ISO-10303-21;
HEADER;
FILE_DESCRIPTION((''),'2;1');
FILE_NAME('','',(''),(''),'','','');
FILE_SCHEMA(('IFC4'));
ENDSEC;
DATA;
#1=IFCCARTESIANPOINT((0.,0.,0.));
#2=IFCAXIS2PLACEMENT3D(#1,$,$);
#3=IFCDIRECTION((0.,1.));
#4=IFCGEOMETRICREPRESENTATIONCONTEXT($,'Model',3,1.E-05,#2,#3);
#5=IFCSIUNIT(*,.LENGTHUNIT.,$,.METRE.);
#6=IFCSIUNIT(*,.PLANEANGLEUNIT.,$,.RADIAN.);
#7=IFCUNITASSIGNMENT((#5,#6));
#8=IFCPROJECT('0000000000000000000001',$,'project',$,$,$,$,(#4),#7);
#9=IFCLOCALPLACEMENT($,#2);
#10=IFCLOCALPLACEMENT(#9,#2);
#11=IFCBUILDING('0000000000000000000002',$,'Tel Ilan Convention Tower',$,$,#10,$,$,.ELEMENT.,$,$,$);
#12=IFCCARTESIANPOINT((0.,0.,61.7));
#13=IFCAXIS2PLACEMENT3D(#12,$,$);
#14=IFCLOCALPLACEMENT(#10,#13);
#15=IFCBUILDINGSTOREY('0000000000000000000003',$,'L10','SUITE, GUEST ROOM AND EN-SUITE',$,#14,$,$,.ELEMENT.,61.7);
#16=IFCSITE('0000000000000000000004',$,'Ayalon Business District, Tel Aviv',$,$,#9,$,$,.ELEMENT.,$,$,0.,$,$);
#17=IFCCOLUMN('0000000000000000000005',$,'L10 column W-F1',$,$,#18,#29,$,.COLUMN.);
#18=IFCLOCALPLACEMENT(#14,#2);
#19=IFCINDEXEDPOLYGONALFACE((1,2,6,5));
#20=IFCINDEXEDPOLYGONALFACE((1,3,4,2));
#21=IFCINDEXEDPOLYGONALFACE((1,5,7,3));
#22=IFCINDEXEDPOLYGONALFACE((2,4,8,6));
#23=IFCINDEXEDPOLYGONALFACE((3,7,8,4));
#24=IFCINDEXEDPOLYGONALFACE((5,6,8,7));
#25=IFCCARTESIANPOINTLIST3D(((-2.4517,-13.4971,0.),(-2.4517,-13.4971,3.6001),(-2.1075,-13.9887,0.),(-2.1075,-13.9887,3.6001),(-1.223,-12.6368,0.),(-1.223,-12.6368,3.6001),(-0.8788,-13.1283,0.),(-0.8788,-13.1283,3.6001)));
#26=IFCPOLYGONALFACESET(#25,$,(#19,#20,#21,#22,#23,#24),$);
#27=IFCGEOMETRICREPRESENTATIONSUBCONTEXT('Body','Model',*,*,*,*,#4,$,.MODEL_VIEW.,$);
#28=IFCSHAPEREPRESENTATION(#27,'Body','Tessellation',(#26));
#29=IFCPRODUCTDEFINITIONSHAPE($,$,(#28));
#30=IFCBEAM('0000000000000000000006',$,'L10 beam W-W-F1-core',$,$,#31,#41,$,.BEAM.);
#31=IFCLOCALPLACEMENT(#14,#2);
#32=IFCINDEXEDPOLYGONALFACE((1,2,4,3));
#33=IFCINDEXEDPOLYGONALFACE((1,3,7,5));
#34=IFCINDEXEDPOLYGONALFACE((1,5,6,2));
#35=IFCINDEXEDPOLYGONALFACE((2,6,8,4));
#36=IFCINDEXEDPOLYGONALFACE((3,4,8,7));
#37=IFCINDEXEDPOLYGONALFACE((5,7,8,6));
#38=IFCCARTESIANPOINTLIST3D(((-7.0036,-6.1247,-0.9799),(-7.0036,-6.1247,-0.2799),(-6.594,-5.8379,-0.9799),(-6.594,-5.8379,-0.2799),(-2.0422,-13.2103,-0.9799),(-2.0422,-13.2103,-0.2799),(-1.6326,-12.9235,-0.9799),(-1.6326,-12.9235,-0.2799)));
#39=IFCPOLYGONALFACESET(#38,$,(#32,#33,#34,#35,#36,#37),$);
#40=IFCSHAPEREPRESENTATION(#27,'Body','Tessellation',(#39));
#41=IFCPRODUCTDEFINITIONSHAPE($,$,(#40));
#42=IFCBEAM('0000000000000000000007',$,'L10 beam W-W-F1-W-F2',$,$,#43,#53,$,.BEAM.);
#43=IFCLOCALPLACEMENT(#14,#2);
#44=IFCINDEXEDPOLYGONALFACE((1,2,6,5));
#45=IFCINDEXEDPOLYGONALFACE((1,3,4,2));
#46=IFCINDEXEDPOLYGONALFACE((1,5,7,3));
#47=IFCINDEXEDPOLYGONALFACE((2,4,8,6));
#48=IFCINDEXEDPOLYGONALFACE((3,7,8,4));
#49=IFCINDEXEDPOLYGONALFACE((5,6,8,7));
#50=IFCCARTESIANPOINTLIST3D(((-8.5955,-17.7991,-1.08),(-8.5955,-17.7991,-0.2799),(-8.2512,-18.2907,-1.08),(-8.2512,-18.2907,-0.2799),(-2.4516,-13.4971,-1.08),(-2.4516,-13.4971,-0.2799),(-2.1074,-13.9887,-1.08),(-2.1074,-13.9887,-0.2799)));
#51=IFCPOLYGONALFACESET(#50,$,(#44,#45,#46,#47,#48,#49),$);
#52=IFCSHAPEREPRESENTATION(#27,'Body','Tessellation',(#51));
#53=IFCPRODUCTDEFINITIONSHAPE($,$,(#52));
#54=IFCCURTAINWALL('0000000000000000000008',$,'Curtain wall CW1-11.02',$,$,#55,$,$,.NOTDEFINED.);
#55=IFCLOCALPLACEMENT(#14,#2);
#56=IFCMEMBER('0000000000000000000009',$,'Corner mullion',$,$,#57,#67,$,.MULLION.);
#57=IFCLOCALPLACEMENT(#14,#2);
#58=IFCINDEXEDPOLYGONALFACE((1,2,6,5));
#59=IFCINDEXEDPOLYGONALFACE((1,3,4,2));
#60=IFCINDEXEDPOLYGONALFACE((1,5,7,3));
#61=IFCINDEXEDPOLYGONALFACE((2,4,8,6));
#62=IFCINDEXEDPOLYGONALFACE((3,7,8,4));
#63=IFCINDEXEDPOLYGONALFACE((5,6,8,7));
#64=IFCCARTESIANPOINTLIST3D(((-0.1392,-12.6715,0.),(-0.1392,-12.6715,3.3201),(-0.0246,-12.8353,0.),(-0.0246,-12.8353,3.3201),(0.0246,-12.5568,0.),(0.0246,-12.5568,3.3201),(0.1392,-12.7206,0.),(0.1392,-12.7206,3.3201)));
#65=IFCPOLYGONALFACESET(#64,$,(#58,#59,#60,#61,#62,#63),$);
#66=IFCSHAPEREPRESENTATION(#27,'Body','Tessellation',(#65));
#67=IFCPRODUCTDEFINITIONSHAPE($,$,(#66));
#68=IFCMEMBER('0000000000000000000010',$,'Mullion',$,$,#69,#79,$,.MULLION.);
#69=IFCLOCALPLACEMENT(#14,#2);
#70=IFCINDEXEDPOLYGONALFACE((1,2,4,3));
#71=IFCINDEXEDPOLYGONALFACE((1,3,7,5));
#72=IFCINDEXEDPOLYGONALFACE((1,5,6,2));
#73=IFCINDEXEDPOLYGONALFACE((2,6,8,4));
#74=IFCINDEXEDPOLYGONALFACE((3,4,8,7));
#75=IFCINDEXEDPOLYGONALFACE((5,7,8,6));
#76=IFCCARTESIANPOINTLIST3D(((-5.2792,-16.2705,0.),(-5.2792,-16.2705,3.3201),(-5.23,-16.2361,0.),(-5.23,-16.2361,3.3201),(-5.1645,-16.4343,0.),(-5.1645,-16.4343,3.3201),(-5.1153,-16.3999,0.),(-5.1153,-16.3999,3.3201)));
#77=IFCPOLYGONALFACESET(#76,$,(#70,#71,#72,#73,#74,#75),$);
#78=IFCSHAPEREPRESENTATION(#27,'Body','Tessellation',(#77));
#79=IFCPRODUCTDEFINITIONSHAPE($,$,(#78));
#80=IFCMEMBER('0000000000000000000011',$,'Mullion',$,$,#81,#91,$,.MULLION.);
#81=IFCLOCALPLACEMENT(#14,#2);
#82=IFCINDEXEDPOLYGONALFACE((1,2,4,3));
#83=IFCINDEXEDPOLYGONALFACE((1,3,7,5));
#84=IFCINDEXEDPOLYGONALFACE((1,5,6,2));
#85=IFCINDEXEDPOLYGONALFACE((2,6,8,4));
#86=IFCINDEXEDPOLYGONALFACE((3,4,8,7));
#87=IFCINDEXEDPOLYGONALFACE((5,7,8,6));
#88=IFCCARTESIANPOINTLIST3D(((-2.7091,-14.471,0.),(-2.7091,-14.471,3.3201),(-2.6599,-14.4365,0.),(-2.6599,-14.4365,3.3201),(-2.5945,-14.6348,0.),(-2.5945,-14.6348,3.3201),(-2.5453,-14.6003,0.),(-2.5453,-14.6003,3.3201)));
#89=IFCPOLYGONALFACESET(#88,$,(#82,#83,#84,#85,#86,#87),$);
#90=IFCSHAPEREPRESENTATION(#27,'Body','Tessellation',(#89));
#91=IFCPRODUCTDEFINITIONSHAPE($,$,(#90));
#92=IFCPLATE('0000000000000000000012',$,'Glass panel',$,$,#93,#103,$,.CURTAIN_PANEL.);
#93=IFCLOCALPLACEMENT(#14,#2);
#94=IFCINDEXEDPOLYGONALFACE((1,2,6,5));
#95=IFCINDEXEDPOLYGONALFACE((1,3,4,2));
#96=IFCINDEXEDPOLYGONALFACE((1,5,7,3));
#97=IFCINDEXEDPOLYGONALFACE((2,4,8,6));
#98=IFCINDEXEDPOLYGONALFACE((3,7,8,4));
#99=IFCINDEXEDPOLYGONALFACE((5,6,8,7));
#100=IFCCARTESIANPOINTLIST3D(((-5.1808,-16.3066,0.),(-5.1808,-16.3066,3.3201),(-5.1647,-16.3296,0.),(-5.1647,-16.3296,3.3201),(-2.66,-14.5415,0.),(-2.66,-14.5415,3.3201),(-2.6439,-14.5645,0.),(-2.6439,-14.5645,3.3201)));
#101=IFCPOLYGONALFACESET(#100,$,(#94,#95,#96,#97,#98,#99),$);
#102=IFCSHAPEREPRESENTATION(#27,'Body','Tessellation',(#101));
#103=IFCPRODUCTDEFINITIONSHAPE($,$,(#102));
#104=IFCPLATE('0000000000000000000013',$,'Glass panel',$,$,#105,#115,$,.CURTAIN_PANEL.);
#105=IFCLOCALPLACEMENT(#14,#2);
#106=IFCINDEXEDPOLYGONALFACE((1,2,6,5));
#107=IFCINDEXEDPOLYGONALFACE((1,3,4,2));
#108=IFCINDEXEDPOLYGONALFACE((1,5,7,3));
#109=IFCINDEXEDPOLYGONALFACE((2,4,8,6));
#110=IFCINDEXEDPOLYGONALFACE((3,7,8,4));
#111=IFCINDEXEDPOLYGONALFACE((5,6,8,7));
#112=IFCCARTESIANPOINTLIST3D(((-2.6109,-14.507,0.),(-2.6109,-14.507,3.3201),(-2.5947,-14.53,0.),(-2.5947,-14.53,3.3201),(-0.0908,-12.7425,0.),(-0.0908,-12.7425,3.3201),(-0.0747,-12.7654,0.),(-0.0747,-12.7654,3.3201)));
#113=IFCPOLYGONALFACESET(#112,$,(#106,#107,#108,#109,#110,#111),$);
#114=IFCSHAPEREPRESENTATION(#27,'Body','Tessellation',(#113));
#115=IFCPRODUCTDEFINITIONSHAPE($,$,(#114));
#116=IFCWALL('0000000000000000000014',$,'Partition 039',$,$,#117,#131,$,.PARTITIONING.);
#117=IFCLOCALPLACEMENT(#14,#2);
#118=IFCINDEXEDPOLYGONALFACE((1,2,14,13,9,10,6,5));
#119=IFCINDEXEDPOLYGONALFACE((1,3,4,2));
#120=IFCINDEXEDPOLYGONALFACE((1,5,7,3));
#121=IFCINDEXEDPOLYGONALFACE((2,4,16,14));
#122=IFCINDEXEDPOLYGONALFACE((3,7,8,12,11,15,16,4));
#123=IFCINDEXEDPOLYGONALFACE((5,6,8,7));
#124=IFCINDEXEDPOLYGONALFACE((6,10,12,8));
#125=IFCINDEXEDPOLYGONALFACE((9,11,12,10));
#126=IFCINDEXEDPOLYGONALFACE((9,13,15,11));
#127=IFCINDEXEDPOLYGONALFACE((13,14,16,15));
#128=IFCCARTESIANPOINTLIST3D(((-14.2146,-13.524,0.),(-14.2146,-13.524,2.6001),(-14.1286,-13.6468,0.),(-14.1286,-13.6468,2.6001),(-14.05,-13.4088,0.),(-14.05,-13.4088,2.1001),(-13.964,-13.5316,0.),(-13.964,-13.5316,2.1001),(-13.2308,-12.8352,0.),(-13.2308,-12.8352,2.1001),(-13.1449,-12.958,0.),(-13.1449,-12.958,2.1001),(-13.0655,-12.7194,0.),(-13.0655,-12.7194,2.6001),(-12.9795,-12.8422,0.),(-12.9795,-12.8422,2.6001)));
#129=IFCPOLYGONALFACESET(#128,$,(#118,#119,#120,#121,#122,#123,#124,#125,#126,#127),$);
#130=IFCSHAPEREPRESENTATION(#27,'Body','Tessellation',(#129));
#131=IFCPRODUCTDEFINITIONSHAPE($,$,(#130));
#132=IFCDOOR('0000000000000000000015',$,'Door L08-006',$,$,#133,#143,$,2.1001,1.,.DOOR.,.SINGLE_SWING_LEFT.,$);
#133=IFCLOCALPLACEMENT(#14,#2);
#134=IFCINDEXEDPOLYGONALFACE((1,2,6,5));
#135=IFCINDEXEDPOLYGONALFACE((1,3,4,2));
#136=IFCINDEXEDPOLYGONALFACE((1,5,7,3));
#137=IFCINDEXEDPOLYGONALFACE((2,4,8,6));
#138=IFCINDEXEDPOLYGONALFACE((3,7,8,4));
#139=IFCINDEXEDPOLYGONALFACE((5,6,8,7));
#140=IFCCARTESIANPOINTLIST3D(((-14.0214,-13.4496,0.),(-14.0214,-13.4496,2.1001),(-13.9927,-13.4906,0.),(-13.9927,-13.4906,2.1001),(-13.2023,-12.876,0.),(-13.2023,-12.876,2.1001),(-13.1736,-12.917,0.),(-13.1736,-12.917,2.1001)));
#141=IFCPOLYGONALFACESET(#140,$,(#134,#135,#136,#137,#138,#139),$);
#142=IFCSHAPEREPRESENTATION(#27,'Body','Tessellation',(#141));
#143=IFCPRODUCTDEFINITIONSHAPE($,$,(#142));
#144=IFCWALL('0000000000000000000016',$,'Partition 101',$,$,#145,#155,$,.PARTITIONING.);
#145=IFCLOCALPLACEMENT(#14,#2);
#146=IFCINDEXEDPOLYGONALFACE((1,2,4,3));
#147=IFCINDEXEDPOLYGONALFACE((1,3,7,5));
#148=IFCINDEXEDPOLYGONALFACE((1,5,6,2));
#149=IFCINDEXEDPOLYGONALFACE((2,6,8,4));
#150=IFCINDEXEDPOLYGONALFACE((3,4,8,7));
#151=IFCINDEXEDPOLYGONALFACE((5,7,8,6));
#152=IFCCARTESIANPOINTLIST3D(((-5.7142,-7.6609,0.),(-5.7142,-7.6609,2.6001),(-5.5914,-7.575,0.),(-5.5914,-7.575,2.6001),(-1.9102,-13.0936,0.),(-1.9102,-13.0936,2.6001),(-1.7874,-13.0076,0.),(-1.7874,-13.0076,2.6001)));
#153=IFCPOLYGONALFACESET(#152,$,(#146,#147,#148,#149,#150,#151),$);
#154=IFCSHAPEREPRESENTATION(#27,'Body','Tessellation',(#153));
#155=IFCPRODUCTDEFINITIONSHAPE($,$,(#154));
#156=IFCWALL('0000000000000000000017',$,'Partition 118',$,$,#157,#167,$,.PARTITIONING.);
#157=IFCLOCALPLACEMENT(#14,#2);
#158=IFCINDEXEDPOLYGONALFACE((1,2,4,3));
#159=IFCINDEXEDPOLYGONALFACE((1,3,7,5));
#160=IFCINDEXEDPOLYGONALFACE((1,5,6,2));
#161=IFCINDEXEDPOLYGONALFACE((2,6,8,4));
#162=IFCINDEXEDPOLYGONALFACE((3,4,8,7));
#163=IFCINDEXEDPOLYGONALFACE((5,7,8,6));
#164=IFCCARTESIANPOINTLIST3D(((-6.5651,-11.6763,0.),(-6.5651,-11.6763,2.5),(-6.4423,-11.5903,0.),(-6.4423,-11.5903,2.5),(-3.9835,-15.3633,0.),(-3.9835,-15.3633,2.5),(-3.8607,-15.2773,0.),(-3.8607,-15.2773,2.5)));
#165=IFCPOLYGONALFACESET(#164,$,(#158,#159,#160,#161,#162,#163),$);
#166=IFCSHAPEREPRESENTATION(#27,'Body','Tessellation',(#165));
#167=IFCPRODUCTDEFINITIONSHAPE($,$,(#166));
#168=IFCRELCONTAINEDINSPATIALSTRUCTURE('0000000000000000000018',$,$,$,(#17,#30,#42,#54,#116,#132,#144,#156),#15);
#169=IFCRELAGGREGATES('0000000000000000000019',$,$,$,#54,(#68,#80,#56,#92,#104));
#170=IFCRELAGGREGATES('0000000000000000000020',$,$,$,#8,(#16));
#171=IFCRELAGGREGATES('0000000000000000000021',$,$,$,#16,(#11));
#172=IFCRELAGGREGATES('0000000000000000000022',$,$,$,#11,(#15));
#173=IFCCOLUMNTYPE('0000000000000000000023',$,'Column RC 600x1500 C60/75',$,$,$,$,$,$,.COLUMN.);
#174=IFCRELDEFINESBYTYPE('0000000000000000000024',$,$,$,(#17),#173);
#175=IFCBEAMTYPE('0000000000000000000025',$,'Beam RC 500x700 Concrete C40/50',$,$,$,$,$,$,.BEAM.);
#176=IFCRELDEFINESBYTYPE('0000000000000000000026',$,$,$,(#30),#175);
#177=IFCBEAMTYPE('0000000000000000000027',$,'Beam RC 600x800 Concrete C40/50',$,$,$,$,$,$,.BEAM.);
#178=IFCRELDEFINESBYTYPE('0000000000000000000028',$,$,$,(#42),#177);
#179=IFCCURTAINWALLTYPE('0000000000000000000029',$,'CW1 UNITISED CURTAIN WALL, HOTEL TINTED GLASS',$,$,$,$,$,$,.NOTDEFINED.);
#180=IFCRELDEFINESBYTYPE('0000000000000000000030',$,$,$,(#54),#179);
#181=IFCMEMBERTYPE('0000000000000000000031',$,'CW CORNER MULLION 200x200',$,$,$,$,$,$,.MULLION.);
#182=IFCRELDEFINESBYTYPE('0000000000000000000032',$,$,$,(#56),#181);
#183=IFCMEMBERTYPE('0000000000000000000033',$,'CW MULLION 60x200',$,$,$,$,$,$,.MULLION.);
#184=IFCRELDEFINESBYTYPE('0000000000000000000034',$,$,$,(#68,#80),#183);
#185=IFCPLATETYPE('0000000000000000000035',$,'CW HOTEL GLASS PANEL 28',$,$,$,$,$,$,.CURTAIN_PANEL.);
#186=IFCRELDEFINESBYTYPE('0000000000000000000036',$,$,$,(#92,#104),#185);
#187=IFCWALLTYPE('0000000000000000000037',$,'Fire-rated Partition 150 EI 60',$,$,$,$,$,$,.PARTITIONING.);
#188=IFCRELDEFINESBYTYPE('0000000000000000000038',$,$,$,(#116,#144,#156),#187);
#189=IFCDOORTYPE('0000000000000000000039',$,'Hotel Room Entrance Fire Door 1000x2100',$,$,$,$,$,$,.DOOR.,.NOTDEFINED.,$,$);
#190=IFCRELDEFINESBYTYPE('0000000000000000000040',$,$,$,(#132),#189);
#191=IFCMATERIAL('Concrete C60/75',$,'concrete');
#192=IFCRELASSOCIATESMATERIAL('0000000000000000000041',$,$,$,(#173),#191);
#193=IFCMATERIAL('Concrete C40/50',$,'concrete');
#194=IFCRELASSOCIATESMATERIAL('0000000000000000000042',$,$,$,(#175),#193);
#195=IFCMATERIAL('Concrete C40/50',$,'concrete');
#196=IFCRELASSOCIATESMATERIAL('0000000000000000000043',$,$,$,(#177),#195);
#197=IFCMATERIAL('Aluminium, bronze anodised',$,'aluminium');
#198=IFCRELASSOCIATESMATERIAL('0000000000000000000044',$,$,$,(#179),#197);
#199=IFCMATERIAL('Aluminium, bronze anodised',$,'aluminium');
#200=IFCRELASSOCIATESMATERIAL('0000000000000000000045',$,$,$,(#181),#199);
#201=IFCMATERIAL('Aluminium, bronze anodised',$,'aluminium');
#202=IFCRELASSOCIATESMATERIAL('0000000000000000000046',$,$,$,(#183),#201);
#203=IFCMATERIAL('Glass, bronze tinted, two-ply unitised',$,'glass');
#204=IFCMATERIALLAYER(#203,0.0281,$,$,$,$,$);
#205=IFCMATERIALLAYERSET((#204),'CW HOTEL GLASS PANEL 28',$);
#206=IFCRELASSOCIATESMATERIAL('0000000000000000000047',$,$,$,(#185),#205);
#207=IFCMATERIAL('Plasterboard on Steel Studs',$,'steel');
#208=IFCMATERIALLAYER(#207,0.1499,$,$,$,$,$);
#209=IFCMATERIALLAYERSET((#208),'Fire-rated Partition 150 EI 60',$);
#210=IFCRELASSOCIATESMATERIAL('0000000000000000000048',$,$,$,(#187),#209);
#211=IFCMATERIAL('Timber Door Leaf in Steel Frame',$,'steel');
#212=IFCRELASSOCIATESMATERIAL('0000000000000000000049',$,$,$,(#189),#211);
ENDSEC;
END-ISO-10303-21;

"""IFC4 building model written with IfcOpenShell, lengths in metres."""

from ifc_helpers import new_model, si_unit, direction, frame, frame_2d, origin, origin_2d, place, context, subcontext, project, spatial, rectangle, extrude, material, layer, layer_set, material_profile, profile_set, type_object, element, fill, aggregate, save


model = new_model("IFC4")

# Units and contexts
model_context = context("Model", 3, precision=1e-05, world=origin(), true_north=direction((0.0, 1.0)))
body_context = subcontext(model_context, "Body", "Model", "MODEL_VIEW")
ifc_project = project(units=[si_unit("LENGTHUNIT", "METRE"), si_unit("PLANEANGLEUNIT", "RADIAN")], contexts=[model_context])

# Site, building, storey
site_placement = place(None, origin())
site = spatial("IfcSite", under=ifc_project, at=site_placement, Name="Ayalon Business District, Tel Aviv", CompositionType="ELEMENT", RefElevation=0.0)
building_placement = place(site_placement, origin())
building = spatial("IfcBuilding", under=site, at=building_placement, Name="Tel Ilan Convention Tower", CompositionType="ELEMENT")
storey_placement = place(building_placement, frame((0.0, 0.0, 61.7)))
storey = spatial("IfcBuildingStorey", under=building, at=storey_placement, Name="L10", Description="SUITE, GUEST ROOM AND EN-SUITE", CompositionType="ELEMENT", Elevation=61.7)

# Column
ifc_material_1 = material(Name="Concrete C60/75", Category="concrete")
ifc_material_profile_1 = material_profile(ifc_material_1, rectangle(XDim=1.5, YDim=0.6001, at=origin_2d()), Name="RC 600x1500")
ifc_profile_set_1 = profile_set([ifc_material_profile_1], Name="Concrete C60/75")
column_type = type_object("IfcColumnType", Name="Column RC 600x1500 C60/75", PredefinedType="COLUMN", material=ifc_profile_set_1)
column_placement = place(storey_placement, frame((-1.6653, -13.3127, 0.0), z_axis=(0.0, 0.0, 1.0), x_axis=(-0.819152, -0.573576, 0.0)))
element("IfcColumn", 1, at=column_placement, inside=storey, type_object=column_type, Name="L10 column W-F1", PredefinedType="COLUMN", context=body_context, shape_type="SweptSolid", body=[
    extrude(rectangle(XDim=1.5, YDim=0.6001, at=origin_2d()), origin(), (0.0, 0.0, 1.0), 3.6001),
])

# Beams
ifc_material_2 = material(Name="Concrete C40/50", Category="concrete")
ifc_material_profile_2 = material_profile(ifc_material_2, rectangle(XDim=0.5, YDim=0.7, at=origin_2d()), Name="RC 500x700")
ifc_profile_set_2 = profile_set([ifc_material_profile_2], Name="Concrete C40/50")
beam_type_1 = type_object("IfcBeamType", Name="Beam RC 500x700 Concrete C40/50", PredefinedType="BEAM", material=ifc_profile_set_2)
beam_1_placement = place(storey_placement, frame((-1.8374, -13.0669, -0.6299), z_axis=(-0.573574, 0.819154, 0.0), x_axis=(-0.819154, -0.573574, 0.0)))
element("IfcBeam", 2, at=beam_1_placement, inside=storey, type_object=beam_type_1, Name="L10 beam W-W-F1-core", PredefinedType="BEAM", context=body_context, shape_type="SweptSolid", body=[
    extrude(rectangle(XDim=0.5, YDim=0.7, at=origin_2d()), origin(), (0.0, 0.0, 1.0), 8.6499),
])
ifc_material_3 = material(Name="Concrete C40/50", Category="concrete")
ifc_material_profile_3 = material_profile(ifc_material_3, rectangle(XDim=0.6001, YDim=0.8, at=origin_2d()), Name="RC 600x800")
ifc_profile_set_3 = profile_set([ifc_material_profile_3], Name="Concrete C40/50")
beam_type_2 = type_object("IfcBeamType", Name="Beam RC 600x800 Concrete C40/50", PredefinedType="BEAM", material=ifc_profile_set_3)
beam_2_placement = place(storey_placement, frame((-2.2795, -13.7429, -0.6799), z_axis=(-0.819148, -0.573582, 0.0), x_axis=(0.573582, -0.819148, 0.0)))
element("IfcBeam", 3, at=beam_2_placement, inside=storey, type_object=beam_type_2, Name="L10 beam W-W-F1-W-F2", PredefinedType="BEAM", context=body_context, shape_type="SweptSolid", body=[
    extrude(rectangle(XDim=0.6001, YDim=0.8, at=origin_2d()), origin(), (0.0, 0.0, 1.0), 7.5002),
])

# Curtain wall, members, plates
ifc_material_4 = material(Name="Aluminium, bronze anodised", Category="aluminium")
curtain_wall_type = type_object("IfcCurtainWallType", Name="CW1 UNITISED CURTAIN WALL, HOTEL TINTED GLASS", PredefinedType="NOTDEFINED", material=ifc_material_4)
curtain_wall_placement = place(storey_placement, origin())
curtain_wall = element("IfcCurtainWall", 4, at=curtain_wall_placement, inside=storey, type_object=curtain_wall_type, Name="Curtain wall CW1-11.02", PredefinedType="NOTDEFINED")
ifc_material_5 = material(Name="Aluminium, bronze anodised", Category="aluminium")
ifc_material_profile_4 = material_profile(ifc_material_5, rectangle(XDim=0.2, YDim=0.2, at=origin_2d()), Name="CW CORNER MULLION 200x200")
ifc_profile_set_4 = profile_set([ifc_material_profile_4], Name="Aluminium, bronze anodised")
member_type_1 = type_object("IfcMemberType", Name="CW CORNER MULLION 200x200", PredefinedType="MULLION", material=ifc_profile_set_4)
member_1_placement = place(storey_placement, frame((0.0, -12.696, 0.0), z_axis=(0.0, 0.0, 1.0), x_axis=(0.819152, 0.573576, 0.0)))
member_1 = element("IfcMember", 5, at=member_1_placement, type_object=member_type_1, Name="Corner mullion", PredefinedType="MULLION", context=body_context, shape_type="SweptSolid", body=[
    extrude(rectangle(XDim=0.2, YDim=0.2, at=origin_2d()), origin(), (0.0, 0.0, 1.0), 3.3201),
])
ifc_material_6 = material(Name="Aluminium, bronze anodised", Category="aluminium")
ifc_material_profile_5 = material_profile(ifc_material_6, rectangle(XDim=0.0601, YDim=0.2, at=origin_2d()), Name="CW MULLION 60x200")
ifc_profile_set_5 = profile_set([ifc_material_profile_5], Name="Aluminium, bronze anodised")
member_type_2 = type_object("IfcMemberType", Name="CW MULLION 60x200", PredefinedType="MULLION", material=ifc_profile_set_5)
member_2_placement = place(storey_placement, frame((-5.1973, -16.3352, 0.0), z_axis=(0.0, 0.0, 1.0), x_axis=(0.819152, 0.573576, 0.0)))
member_2 = element("IfcMember", 6, at=member_2_placement, type_object=member_type_2, Name="Mullion", PredefinedType="MULLION", context=body_context, shape_type="SweptSolid", body=[
    extrude(rectangle(XDim=0.0601, YDim=0.2, at=origin_2d()), origin(), (0.0, 0.0, 1.0), 3.3201),
])
member_3_placement = place(storey_placement, frame((-2.6272, -14.5356, 0.0), z_axis=(0.0, 0.0, 1.0), x_axis=(0.819152, 0.573576, 0.0)))
member_3 = element("IfcMember", 7, at=member_3_placement, type_object=member_type_2, Name="Mullion", PredefinedType="MULLION", context=body_context, shape_type="SweptSolid", body=[
    extrude(rectangle(XDim=0.0601, YDim=0.2, at=origin_2d()), origin(), (0.0, 0.0, 1.0), 3.3201),
])
ifc_material_7 = material(Name="Glass, bronze tinted, two-ply unitised", Category="glass")
ifc_layer_1 = layer(ifc_material_7, 0.0281)
ifc_layer_set_1 = layer_set([ifc_layer_1], Name="CW HOTEL GLASS PANEL 28")
plate_type = type_object("IfcPlateType", Name="CW HOTEL GLASS PANEL 28", PredefinedType="CURTAIN_PANEL", material=ifc_layer_set_1)
plate_1_placement = place(storey_placement, frame((-3.9124, -15.4355, 0.0), z_axis=(0.0, 0.0, 1.0), x_axis=(0.819152, 0.573576, 0.0)))
plate_1 = element("IfcPlate", 8, at=plate_1_placement, type_object=plate_type, Name="Glass panel", PredefinedType="CURTAIN_PANEL", context=body_context, shape_type="SweptSolid", body=[
    extrude(rectangle(XDim=3.0774, YDim=0.0281, at=origin_2d()), origin(), (0.0, 0.0, 1.0), 3.3201),
])
plate_2_placement = place(storey_placement, frame((-1.3428, -13.6362, 0.0), z_axis=(0.0, 0.0, 1.0), x_axis=(0.819152, 0.573576, 0.0)))
plate_2 = element("IfcPlate", 9, at=plate_2_placement, type_object=plate_type, Name="Glass panel", PredefinedType="CURTAIN_PANEL", context=body_context, shape_type="SweptSolid", body=[
    extrude(rectangle(XDim=3.0764, YDim=0.0281, at=origin_2d()), origin(), (0.0, 0.0, 1.0), 3.3201),
])
aggregate(curtain_wall, [member_2, member_3, member_1, plate_1, plate_2])

# Wall, opening, door
ifc_material_8 = material(Name="Plasterboard on Steel Studs", Category="steel")
ifc_layer_2 = layer(ifc_material_8, 0.1499)
ifc_layer_set_2 = layer_set([ifc_layer_2], Name="Fire-rated Partition 150 EI 60")
wall_type_1 = type_object("IfcWallType", Name="Fire-rated Partition 150 EI 60", PredefinedType="PARTITIONING", material=ifc_layer_set_2)
wall_1_placement = place(storey_placement, frame((-13.0225, -12.7808, 0.0), z_axis=(0.0, 0.0, 1.0), x_axis=(-0.819142, -0.573591, 0.0)))
wall_1 = element("IfcWall", 10, at=wall_1_placement, inside=storey, type_object=wall_type_1, Name="Partition 039", PredefinedType="PARTITIONING", context=body_context, shape_type="SweptSolid", body=[
    extrude(rectangle(XDim=1.4028, YDim=0.1499, at=frame_2d((0.7014, 0.0))), origin(), (0.0, 0.0, 1.0), 2.6001),
])
opening_1_placement = place(wall_1_placement, frame((0.2019, 0.0, 0.0)))
opening_1 = element("IfcOpeningElement", 11, at=opening_1_placement, cuts=wall_1, PredefinedType="OPENING", context=body_context, shape_type="SweptSolid", body=[
    extrude(rectangle(XDim=1.0, YDim=2.1001, at=frame_2d((0.5, 1.05))), frame((0.0, 0.085, 0.0), z_axis=(0.0, -1.0, 0.0), x_axis=(1.0, 0.0, 0.0)), (0.0, 0.0, 1.0), 0.1699),
])
ifc_material_9 = material(Name="Timber Door Leaf in Steel Frame", Category="steel")
door_type_1 = type_object("IfcDoorType", Name="Hotel Room Entrance Fire Door 1000x2100", OperationType="NOTDEFINED", PredefinedType="DOOR", material=ifc_material_9)
door_1_placement = place(opening_1_placement, origin())
door_1 = element("IfcDoor", 12, at=door_1_placement, inside=storey, type_object=door_type_1, Name="Door L08-006", OperationType="SINGLE_SWING_LEFT", OverallHeight=2.1001, OverallWidth=1.0, PredefinedType="DOOR", context=body_context, shape_type="SweptSolid", body=[
    extrude(rectangle(XDim=1.0, YDim=2.1001, at=frame_2d((0.5, 1.05))), frame((0.0, 0.0249, 0.0), z_axis=(0.0, -1.0, 0.0), x_axis=(1.0, 0.0, 0.0)), (0.0, 0.0, 1.0), 0.05),
])
fill(opening_1, door_1)

# Walls
wall_2_placement = place(storey_placement, frame((-1.8489, -13.0505, 0.0), z_axis=(0.0, 0.0, 1.0), x_axis=(-0.573576, 0.819152, 0.0)))
element("IfcWall", 13, at=wall_2_placement, inside=storey, type_object=wall_type_1, Name="Partition 101", PredefinedType="PARTITIONING", context=body_context, shape_type="SweptSolid", body=[
    extrude(rectangle(XDim=6.6321, YDim=0.1499, at=frame_2d((3.3159, 0.0))), origin(), (0.0, 0.0, 1.0), 2.6001),
])
wall_3_placement = place(storey_placement, frame((-3.9221, -15.3203, 0.0), z_axis=(0.0, 0.0, 1.0), x_axis=(-0.573557, 0.819166, 0.0)))
element("IfcWall", 14, at=wall_3_placement, inside=storey, type_object=wall_type_1, Name="Partition 118", PredefinedType="PARTITIONING", context=body_context, shape_type="SweptSolid", body=[
    extrude(rectangle(XDim=4.501, YDim=0.1499, at=frame_2d((2.2505, 0.0))), origin(), (0.0, 0.0, 1.0), 2.5),
])

save(model, "model.ifc")
